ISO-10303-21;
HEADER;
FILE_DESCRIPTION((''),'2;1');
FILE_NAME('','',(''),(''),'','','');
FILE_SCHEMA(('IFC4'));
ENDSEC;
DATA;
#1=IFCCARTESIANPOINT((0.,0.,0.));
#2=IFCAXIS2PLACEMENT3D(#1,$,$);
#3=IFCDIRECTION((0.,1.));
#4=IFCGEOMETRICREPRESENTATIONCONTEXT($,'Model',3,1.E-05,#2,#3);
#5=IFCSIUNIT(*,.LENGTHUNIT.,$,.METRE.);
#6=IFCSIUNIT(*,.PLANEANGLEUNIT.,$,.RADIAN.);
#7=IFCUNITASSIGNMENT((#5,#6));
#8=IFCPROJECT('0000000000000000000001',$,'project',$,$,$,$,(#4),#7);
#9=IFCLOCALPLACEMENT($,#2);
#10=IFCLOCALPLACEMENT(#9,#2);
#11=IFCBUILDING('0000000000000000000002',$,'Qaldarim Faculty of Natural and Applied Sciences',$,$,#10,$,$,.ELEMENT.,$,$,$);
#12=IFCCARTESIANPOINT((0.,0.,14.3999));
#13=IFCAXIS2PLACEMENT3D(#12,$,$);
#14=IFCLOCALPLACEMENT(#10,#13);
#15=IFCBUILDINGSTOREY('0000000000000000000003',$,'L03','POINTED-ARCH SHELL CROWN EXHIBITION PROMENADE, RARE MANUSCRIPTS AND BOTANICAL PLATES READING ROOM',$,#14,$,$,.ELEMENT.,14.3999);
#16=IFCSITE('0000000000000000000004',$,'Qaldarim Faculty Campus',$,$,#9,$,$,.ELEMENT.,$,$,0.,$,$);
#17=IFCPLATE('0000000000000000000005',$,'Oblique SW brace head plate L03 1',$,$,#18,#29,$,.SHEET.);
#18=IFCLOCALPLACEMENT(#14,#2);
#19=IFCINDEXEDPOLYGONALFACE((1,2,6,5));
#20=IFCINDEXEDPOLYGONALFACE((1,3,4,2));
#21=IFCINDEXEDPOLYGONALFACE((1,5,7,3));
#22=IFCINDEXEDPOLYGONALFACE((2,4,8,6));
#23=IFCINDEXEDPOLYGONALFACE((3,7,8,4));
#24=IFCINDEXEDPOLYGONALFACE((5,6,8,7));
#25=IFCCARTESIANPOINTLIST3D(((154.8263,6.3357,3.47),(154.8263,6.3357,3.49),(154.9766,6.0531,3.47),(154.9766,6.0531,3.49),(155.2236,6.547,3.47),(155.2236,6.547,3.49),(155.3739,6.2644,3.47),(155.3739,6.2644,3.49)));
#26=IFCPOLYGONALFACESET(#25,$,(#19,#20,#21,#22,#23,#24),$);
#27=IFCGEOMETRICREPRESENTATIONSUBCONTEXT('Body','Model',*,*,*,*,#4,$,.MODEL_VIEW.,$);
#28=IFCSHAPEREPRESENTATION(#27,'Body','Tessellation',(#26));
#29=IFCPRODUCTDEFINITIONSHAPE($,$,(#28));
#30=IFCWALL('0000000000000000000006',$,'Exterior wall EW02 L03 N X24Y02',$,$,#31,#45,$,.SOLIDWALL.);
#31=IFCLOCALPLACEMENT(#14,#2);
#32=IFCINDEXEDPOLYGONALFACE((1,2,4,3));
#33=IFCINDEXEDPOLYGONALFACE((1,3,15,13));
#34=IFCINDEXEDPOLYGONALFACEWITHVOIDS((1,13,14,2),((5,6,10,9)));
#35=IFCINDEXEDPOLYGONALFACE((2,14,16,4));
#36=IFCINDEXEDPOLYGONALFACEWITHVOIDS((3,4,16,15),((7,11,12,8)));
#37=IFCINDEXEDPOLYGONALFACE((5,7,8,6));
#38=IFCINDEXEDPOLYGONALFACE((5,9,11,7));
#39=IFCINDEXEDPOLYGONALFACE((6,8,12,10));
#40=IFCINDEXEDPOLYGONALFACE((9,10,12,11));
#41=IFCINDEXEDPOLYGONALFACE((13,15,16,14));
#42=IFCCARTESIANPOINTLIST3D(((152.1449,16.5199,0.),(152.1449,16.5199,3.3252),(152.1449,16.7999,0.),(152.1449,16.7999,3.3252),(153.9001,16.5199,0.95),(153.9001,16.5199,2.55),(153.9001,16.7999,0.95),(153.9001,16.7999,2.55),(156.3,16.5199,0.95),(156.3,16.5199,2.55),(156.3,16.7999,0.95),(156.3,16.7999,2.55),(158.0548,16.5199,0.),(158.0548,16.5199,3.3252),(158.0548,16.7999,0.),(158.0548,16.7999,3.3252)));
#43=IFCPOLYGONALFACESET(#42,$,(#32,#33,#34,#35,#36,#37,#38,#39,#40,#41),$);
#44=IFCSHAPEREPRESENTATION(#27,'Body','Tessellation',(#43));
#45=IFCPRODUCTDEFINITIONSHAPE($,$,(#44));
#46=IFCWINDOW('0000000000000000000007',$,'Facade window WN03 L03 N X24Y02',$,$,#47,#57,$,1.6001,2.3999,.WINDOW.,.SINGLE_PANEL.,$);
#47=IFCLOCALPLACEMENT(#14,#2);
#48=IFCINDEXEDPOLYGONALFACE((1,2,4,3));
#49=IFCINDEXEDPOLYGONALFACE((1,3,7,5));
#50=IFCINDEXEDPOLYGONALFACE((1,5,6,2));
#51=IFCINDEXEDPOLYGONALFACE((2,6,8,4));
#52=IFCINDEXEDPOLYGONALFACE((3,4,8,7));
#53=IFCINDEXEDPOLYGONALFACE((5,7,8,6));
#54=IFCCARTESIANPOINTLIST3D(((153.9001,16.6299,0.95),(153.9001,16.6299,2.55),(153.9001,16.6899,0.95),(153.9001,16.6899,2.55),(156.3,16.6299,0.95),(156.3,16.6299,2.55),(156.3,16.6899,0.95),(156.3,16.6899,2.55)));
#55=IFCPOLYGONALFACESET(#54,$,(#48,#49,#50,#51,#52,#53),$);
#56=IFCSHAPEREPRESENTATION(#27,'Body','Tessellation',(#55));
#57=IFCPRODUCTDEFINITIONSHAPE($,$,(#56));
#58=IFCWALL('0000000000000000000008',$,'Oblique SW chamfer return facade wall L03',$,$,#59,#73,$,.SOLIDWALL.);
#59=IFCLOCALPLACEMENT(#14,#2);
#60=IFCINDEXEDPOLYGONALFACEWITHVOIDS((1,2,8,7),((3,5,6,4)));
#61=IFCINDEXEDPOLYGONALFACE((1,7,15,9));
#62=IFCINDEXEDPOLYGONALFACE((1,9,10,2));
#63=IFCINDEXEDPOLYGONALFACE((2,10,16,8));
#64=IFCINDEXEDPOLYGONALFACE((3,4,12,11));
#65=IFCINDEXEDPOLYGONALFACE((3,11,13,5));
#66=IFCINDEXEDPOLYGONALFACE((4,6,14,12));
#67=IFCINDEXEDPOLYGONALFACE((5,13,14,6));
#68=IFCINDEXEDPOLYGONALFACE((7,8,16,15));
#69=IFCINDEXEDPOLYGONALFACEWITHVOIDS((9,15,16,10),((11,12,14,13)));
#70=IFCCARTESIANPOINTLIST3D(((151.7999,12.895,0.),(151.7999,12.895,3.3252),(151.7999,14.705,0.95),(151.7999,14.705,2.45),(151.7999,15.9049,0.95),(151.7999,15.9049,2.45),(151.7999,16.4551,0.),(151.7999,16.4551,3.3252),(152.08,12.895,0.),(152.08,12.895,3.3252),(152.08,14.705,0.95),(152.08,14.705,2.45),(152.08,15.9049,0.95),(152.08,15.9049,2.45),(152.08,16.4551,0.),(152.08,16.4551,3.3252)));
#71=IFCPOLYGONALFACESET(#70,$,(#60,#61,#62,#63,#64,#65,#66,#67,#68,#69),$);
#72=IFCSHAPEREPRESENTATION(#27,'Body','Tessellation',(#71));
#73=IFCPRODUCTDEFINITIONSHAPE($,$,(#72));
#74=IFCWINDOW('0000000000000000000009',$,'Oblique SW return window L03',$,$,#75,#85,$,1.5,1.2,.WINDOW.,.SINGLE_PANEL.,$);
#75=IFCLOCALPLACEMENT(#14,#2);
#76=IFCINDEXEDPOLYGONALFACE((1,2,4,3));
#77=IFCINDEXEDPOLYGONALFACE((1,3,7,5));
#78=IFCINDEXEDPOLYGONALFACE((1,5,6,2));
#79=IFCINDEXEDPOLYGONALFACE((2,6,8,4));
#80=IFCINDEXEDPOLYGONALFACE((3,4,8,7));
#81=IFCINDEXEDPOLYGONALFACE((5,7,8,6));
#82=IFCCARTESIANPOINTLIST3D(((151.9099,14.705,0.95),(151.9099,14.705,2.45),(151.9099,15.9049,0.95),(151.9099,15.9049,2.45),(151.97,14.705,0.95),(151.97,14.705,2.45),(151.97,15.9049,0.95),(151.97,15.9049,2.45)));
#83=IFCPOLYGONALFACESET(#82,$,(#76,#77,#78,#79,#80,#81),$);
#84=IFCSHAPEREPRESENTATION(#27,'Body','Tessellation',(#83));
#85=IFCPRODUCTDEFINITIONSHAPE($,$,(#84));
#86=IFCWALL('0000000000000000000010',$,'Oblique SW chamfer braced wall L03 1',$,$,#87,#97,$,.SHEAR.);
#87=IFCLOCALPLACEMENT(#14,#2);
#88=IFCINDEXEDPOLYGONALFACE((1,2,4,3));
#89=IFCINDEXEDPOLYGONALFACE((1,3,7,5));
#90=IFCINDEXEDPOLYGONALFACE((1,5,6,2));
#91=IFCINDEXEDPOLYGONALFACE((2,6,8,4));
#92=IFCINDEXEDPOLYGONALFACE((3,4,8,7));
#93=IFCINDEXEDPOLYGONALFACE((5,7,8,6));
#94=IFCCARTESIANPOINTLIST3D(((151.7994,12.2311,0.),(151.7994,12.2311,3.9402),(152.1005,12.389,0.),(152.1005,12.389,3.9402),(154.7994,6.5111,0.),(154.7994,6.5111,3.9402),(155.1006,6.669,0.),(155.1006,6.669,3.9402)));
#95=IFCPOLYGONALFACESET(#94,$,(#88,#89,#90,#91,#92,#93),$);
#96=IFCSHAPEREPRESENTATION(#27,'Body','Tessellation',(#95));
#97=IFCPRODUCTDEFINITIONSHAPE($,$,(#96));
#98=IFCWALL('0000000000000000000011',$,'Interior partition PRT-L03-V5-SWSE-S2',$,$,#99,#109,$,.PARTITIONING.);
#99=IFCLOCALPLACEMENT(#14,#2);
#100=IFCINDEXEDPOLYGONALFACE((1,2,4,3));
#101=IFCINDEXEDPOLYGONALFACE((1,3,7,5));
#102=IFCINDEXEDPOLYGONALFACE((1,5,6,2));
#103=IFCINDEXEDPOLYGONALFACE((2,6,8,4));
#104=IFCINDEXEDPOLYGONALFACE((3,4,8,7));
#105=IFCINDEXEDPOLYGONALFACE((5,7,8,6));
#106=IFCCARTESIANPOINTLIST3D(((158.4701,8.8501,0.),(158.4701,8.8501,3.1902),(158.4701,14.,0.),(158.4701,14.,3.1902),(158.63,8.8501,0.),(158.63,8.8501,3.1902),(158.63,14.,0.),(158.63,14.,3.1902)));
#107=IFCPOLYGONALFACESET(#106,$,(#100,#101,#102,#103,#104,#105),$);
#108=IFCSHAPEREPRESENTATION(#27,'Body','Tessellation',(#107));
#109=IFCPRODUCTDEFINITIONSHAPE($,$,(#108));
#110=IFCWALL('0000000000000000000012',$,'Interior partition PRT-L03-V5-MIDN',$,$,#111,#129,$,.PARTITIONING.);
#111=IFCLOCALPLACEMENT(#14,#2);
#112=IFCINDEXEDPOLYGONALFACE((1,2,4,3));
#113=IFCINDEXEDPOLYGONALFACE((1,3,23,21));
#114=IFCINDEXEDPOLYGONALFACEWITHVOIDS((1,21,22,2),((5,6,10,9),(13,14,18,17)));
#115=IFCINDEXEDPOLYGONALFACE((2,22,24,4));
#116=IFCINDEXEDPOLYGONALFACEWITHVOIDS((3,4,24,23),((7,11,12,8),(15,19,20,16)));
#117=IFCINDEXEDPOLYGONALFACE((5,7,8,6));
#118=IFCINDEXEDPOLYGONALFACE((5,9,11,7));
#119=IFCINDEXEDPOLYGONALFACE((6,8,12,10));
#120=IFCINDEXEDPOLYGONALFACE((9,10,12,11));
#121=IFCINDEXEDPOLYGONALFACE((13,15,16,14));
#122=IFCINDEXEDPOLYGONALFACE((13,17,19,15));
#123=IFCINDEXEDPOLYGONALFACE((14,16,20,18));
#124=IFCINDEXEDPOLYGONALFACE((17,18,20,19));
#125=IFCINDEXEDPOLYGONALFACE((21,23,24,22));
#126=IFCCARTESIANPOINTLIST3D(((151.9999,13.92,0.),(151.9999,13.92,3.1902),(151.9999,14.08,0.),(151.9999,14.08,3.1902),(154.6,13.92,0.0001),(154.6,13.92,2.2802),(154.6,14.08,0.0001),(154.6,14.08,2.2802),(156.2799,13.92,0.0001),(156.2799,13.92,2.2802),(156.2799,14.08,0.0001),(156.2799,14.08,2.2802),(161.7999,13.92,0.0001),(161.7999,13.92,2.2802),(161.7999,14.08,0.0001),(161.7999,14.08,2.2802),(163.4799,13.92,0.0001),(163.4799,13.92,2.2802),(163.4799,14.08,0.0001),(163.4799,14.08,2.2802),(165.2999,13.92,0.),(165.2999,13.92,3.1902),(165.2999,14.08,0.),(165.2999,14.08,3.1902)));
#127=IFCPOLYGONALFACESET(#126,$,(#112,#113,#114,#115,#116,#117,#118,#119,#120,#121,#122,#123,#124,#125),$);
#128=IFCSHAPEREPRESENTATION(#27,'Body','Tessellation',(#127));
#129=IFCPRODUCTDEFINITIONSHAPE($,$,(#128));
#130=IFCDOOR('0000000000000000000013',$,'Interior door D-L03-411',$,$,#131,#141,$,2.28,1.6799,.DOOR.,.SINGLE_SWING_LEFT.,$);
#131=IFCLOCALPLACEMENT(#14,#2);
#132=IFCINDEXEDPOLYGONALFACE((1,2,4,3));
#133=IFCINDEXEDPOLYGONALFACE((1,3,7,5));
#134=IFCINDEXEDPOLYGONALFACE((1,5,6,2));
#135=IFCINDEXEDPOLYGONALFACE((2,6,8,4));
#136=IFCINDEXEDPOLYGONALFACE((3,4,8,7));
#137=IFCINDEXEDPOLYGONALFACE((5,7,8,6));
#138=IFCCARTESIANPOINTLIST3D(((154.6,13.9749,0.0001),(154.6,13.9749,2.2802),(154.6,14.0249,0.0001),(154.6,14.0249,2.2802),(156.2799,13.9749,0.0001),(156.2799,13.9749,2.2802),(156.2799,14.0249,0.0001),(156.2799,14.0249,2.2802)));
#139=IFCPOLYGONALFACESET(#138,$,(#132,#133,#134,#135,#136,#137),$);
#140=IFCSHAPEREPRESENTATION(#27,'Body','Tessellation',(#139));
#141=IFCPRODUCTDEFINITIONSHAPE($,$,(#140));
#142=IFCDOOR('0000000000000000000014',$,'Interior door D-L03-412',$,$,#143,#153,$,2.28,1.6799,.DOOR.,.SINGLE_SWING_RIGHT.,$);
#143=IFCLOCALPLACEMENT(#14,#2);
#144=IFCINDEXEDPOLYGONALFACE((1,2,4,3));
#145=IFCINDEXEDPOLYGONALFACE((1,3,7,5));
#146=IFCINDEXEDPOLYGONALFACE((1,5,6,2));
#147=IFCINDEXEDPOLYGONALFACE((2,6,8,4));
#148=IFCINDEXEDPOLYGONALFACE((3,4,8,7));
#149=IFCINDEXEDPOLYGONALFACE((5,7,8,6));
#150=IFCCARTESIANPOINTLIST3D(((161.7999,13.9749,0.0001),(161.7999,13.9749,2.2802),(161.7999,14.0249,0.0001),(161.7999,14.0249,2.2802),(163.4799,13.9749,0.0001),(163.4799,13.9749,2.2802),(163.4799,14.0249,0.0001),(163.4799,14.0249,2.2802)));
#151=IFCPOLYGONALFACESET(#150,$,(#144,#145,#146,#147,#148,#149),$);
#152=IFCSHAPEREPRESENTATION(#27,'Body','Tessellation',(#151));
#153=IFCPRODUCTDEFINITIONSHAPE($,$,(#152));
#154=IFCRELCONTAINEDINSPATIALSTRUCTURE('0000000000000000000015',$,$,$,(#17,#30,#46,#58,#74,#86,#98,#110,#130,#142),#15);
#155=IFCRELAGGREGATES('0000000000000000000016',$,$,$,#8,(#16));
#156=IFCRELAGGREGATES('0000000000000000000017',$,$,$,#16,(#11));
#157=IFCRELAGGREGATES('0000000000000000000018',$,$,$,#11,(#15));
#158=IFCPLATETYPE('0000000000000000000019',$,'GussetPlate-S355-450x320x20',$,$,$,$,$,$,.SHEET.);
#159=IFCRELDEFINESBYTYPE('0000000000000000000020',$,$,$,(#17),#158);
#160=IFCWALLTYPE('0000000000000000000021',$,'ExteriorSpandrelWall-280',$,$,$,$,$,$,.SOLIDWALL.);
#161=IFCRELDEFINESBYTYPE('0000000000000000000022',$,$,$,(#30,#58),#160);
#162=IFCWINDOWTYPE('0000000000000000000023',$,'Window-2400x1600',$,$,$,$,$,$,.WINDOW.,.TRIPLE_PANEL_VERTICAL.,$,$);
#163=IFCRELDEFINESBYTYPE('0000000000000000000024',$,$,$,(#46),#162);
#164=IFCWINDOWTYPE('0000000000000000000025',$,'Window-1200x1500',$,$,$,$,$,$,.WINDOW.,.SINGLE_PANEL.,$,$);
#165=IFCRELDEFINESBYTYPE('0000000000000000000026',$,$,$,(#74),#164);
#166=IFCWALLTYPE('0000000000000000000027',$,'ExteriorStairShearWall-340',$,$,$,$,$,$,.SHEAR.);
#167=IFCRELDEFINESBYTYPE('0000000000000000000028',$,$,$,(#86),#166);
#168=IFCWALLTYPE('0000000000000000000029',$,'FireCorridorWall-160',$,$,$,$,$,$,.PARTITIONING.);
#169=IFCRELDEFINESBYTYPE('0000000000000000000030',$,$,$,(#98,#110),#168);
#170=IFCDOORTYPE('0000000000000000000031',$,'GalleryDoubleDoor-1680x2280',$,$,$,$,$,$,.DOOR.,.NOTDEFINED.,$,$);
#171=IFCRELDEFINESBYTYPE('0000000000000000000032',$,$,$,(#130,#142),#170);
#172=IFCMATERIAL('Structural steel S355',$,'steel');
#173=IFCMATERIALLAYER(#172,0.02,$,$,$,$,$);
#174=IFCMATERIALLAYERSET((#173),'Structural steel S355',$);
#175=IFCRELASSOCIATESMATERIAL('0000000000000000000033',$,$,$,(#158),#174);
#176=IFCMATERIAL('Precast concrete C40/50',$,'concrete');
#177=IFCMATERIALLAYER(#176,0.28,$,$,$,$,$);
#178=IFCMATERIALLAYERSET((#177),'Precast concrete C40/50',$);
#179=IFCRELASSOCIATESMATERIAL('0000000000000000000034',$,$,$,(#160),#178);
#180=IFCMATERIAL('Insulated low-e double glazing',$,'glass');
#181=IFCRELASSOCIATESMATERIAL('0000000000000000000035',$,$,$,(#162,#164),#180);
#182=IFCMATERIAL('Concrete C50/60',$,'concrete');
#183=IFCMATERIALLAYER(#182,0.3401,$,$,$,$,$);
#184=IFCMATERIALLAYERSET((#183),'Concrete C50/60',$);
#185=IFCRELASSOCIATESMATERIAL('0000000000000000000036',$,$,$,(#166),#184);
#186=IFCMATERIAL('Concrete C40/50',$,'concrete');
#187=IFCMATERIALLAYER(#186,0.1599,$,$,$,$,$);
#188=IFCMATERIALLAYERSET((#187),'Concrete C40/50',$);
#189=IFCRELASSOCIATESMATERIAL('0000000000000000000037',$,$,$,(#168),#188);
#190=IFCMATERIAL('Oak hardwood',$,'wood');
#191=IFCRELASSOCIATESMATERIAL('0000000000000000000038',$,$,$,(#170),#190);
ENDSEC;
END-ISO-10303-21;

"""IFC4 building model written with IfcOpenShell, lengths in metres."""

from ifc_helpers import new_model, si_unit, direction, frame, frame_2d, origin, origin_2d, place, context, subcontext, project, spatial, rectangle, extrude, material, layer, layer_set, type_object, element, fill, save


model = new_model("IFC4")

# Units and contexts
model_context = context("Model", 3, precision=1e-05, world=origin(), true_north=direction((0.0, 1.0)))
body_context = subcontext(model_context, "Body", "Model", "MODEL_VIEW")
ifc_project = project(units=[si_unit("LENGTHUNIT", "METRE"), si_unit("PLANEANGLEUNIT", "RADIAN")], contexts=[model_context])

# Site, building, storey
site_placement = place(None, origin())
site = spatial("IfcSite", under=ifc_project, at=site_placement, Name="Qaldarim Faculty Campus", CompositionType="ELEMENT", RefElevation=0.0)
building_placement = place(site_placement, origin())
building = spatial("IfcBuilding", under=site, at=building_placement, Name="Qaldarim Faculty of Natural and Applied Sciences", CompositionType="ELEMENT")
storey_placement = place(building_placement, frame((0.0, 0.0, 14.3999)))
storey = spatial("IfcBuildingStorey", under=building, at=storey_placement, Name="L03", Description="POINTED-ARCH SHELL CROWN EXHIBITION PROMENADE, RARE MANUSCRIPTS AND BOTANICAL PLATES READING ROOM", CompositionType="ELEMENT", Elevation=14.3999)

# Shared definitions
ifc_material_1 = material(Name="Concrete C50/60", Category="concrete")

# Shared definitions
ifc_material_2 = material(Name="Concrete C40/50", Category="concrete")

# Shared definitions
ifc_material_3 = material(Name="Structural steel S355", Category="steel")

# Shared definitions
ifc_material_4 = material(Name="Precast concrete C40/50", Category="concrete")

# Plate
ifc_layer_1 = layer(ifc_material_3, 0.02)
ifc_layer_set_1 = layer_set([ifc_layer_1], Name="Structural steel S355")
plate_type = type_object("IfcPlateType", Name="GussetPlate-S355-450x320x20", PredefinedType="SHEET", material=ifc_layer_set_1)
for number, where, z_axis, x_axis, name in (
    (1, (155.1001, 6.3, 3.47), (0.0, 0.0, 1.0), (0.882948, 0.469472, 0.0), "Oblique SW brace head plate L03 1"),
):
    element("IfcPlate", number, at=place(storey_placement, frame(where, z_axis=z_axis, x_axis=x_axis)), inside=storey, type_object=plate_type, Name=name, PredefinedType="SHEET", context=body_context, shape_type="SweptSolid", body=[
        extrude(rectangle(XDim=0.45, YDim=0.3201, at=origin_2d()), origin(), (0.0, 0.0, 1.0), 0.02),
    ])

# Walls, openings, windows
ifc_layer_2 = layer(ifc_material_4, 0.28)
ifc_layer_set_2 = layer_set([ifc_layer_2], Name="Precast concrete C40/50")
wall_type_1 = type_object("IfcWallType", Name="ExteriorSpandrelWall-280", PredefinedType="SOLIDWALL", material=ifc_layer_set_2)
wall_1_placement = place(storey_placement, frame((158.0549, 16.6599, 0.0), z_axis=(0.0, 0.0, 1.0), x_axis=(-1.0, 0.0, 0.0)))
wall_1 = element("IfcWall", 2, at=wall_1_placement, inside=storey, type_object=wall_type_1, Name="Exterior wall EW02 L03 N X24Y02", PredefinedType="SOLIDWALL", context=body_context, shape_type="SweptSolid", body=[
    extrude(rectangle(XDim=5.9099, YDim=0.28, at=frame_2d((2.9551, 0.0))), origin(), (0.0, 0.0, 1.0), 3.3252),
])
opening_1_placement = place(wall_1_placement, frame((1.7549, 0.0, 0.95)))
opening_1 = element("IfcOpeningElement", 3, at=opening_1_placement, cuts=wall_1, PredefinedType="OPENING", context=body_context, shape_type="SweptSolid", body=[
    extrude(rectangle(XDim=2.3999, YDim=1.6001, at=frame_2d((1.2, 0.8))), frame((0.0, 0.1499, 0.0), z_axis=(0.0, -1.0, 0.0), x_axis=(1.0, 0.0, 0.0)), (0.0, 0.0, 1.0), 0.3),
])
ifc_material_5 = material(Name="Insulated low-e double glazing", Category="glass")
window_type_1 = type_object("IfcWindowType", Name="Window-2400x1600", PartitioningType="TRIPLE_PANEL_VERTICAL", PredefinedType="WINDOW", material=ifc_material_5)
window_1_placement = place(opening_1_placement, origin())
window_1 = element("IfcWindow", 4, at=window_1_placement, inside=storey, type_object=window_type_1, Name="Facade window WN03 L03 N X24Y02", OverallHeight=1.6001, OverallWidth=2.3999, PartitioningType="SINGLE_PANEL", PredefinedType="WINDOW", context=body_context, shape_type="SweptSolid", body=[
    extrude(rectangle(XDim=2.3999, YDim=1.6001, at=frame_2d((1.2, 0.8))), frame((0.0, 0.03, 0.0), z_axis=(0.0, -1.0, 0.0), x_axis=(1.0, 0.0, 0.0)), (0.0, 0.0, 1.0), 0.0601),
])
fill(opening_1, window_1)
wall_2_placement = place(storey_placement, frame((151.9399, 16.4551, 0.0), z_axis=(0.0, 0.0, 1.0), x_axis=(0.0, -1.0, 0.0)))
wall_2 = element("IfcWall", 5, at=wall_2_placement, inside=storey, type_object=wall_type_1, Name="Oblique SW chamfer return facade wall L03", PredefinedType="SOLIDWALL", context=body_context, shape_type="SweptSolid", body=[
    extrude(rectangle(XDim=3.5601, YDim=0.28, at=frame_2d((1.78, 0.0))), origin(), (0.0, 0.0, 1.0), 3.3252),
])
opening_2_placement = place(wall_2_placement, frame((0.55, 0.0, 0.95)))
opening_2 = element("IfcOpeningElement", 6, at=opening_2_placement, cuts=wall_2, PredefinedType="OPENING", context=body_context, shape_type="SweptSolid", body=[
    extrude(rectangle(XDim=1.2, YDim=1.5, at=frame_2d((0.6001, 0.75))), frame((0.0, 0.1499, 0.0), z_axis=(0.0, -1.0, 0.0), x_axis=(1.0, 0.0, 0.0)), (0.0, 0.0, 1.0), 0.3),
])
window_type_2 = type_object("IfcWindowType", Name="Window-1200x1500", PartitioningType="SINGLE_PANEL", PredefinedType="WINDOW", material=ifc_material_5)
window_2_placement = place(opening_2_placement, origin())
window_2 = element("IfcWindow", 7, at=window_2_placement, inside=storey, type_object=window_type_2, Name="Oblique SW return window L03", OverallHeight=1.5, OverallWidth=1.2, PartitioningType="SINGLE_PANEL", PredefinedType="WINDOW", context=body_context, shape_type="SweptSolid", body=[
    extrude(rectangle(XDim=1.2, YDim=1.5, at=frame_2d((0.6001, 0.75))), frame((0.0, 0.03, 0.0), z_axis=(0.0, -1.0, 0.0), x_axis=(1.0, 0.0, 0.0)), (0.0, 0.0, 1.0), 0.0601),
])
fill(opening_2, window_2)

# Walls
ifc_layer_3 = layer(ifc_material_1, 0.3401)
ifc_layer_set_3 = layer_set([ifc_layer_3], Name="Concrete C50/60")
wall_type_2 = type_object("IfcWallType", Name="ExteriorStairShearWall-340", PredefinedType="SHEAR", material=ifc_layer_set_3)
wall_3_placement = place(storey_placement, frame((151.95, 12.3101, 0.0), z_axis=(0.0, 0.0, 1.0), x_axis=(0.464472, -0.885588, 0.0)))
element("IfcWall", 8, at=wall_3_placement, inside=storey, type_object=wall_type_2, Name="Oblique SW chamfer braced wall L03 1", PredefinedType="SHEAR", context=body_context, shape_type="SweptSolid", body=[
    extrude(rectangle(XDim=6.459, YDim=0.3401, at=frame_2d((3.2295, 0.0))), origin(), (0.0, 0.0, 1.0), 3.9402),
])
ifc_layer_4 = layer(ifc_material_2, 0.1599)
ifc_layer_set_4 = layer_set([ifc_layer_4], Name="Concrete C40/50")
wall_type_3 = type_object("IfcWallType", Name="FireCorridorWall-160", PredefinedType="PARTITIONING", material=ifc_layer_set_4)
wall_4_placement = place(storey_placement, frame((158.55, 8.8501, 0.0), z_axis=(0.0, 0.0, 1.0), x_axis=(0.0, 1.0, 0.0)))
element("IfcWall", 9, at=wall_4_placement, inside=storey, type_object=wall_type_3, Name="Interior partition PRT-L03-V5-SWSE-S2", PredefinedType="PARTITIONING", context=body_context, shape_type="SweptSolid", body=[
    extrude(rectangle(XDim=5.1499, YDim=0.1599, at=frame_2d((2.575, 0.0))), origin(), (0.0, 0.0, 1.0), 3.1902),
])

# Wall, openings, doors
wall_5_placement = place(storey_placement, frame((152.0, 14.0, 0.0), z_axis=(0.0, 0.0, 1.0), x_axis=(1.0, 0.0, 0.0)))
wall_5 = element("IfcWall", 10, at=wall_5_placement, inside=storey, type_object=wall_type_3, Name="Interior partition PRT-L03-V5-MIDN", PredefinedType="PARTITIONING", context=body_context, shape_type="SweptSolid", body=[
    extrude(rectangle(XDim=13.3, YDim=0.1599, at=frame_2d((6.6499, 0.0))), origin(), (0.0, 0.0, 1.0), 3.1902),
])
opening_3_placement = place(wall_5_placement, frame((2.6001, 0.0, 0.0)))
opening_3 = element("IfcOpeningElement", 11, at=opening_3_placement, cuts=wall_5, PredefinedType="OPENING", context=body_context, shape_type="SweptSolid", body=[
    extrude(rectangle(XDim=1.6799, YDim=2.28, at=frame_2d((0.8398, 1.1401))), frame((0.0, 0.0898, 0.0), z_axis=(0.0, -1.0, 0.0), x_axis=(1.0, 0.0, 0.0)), (0.0, 0.0, 1.0), 0.1799),
])
opening_4_placement = place(wall_5_placement, frame((9.8, 0.0, 0.0)))
opening_4 = element("IfcOpeningElement", 12, at=opening_4_placement, cuts=wall_5, PredefinedType="OPENING", context=body_context, shape_type="SweptSolid", body=[
    extrude(rectangle(XDim=1.6799, YDim=2.28, at=frame_2d((0.8398, 1.1401))), frame((0.0, 0.0898, 0.0), z_axis=(0.0, -1.0, 0.0), x_axis=(1.0, 0.0, 0.0)), (0.0, 0.0, 1.0), 0.1799),
])
ifc_material_6 = material(Name="Oak hardwood", Category="wood")
door_type_1 = type_object("IfcDoorType", Name="GalleryDoubleDoor-1680x2280", OperationType="NOTDEFINED", PredefinedType="DOOR", material=ifc_material_6)
door_1_placement = place(opening_3_placement, origin())
door_1 = element("IfcDoor", 13, at=door_1_placement, inside=storey, type_object=door_type_1, Name="Interior door D-L03-411", OperationType="SINGLE_SWING_LEFT", OverallHeight=2.28, OverallWidth=1.6799, PredefinedType="DOOR", context=body_context, shape_type="SweptSolid", body=[
    extrude(rectangle(XDim=1.6799, YDim=2.28, at=frame_2d((0.8398, 1.1401))), frame((0.0, 0.0249, 0.0), z_axis=(0.0, -1.0, 0.0), x_axis=(1.0, 0.0, 0.0)), (0.0, 0.0, 1.0), 0.05),
])
fill(opening_3, door_1)
door_2_placement = place(opening_4_placement, origin())
door_2 = element("IfcDoor", 14, at=door_2_placement, inside=storey, type_object=door_type_1, Name="Interior door D-L03-412", OperationType="SINGLE_SWING_RIGHT", OverallHeight=2.28, OverallWidth=1.6799, PredefinedType="DOOR", context=body_context, shape_type="SweptSolid", body=[
    extrude(rectangle(XDim=1.6799, YDim=2.28, at=frame_2d((0.8398, 1.1401))), frame((0.0, 0.0249, 0.0), z_axis=(0.0, -1.0, 0.0), x_axis=(1.0, 0.0, 0.0)), (0.0, 0.0, 1.0), 0.05),
])
fill(opening_4, door_2)

save(model, "model.ifc")
